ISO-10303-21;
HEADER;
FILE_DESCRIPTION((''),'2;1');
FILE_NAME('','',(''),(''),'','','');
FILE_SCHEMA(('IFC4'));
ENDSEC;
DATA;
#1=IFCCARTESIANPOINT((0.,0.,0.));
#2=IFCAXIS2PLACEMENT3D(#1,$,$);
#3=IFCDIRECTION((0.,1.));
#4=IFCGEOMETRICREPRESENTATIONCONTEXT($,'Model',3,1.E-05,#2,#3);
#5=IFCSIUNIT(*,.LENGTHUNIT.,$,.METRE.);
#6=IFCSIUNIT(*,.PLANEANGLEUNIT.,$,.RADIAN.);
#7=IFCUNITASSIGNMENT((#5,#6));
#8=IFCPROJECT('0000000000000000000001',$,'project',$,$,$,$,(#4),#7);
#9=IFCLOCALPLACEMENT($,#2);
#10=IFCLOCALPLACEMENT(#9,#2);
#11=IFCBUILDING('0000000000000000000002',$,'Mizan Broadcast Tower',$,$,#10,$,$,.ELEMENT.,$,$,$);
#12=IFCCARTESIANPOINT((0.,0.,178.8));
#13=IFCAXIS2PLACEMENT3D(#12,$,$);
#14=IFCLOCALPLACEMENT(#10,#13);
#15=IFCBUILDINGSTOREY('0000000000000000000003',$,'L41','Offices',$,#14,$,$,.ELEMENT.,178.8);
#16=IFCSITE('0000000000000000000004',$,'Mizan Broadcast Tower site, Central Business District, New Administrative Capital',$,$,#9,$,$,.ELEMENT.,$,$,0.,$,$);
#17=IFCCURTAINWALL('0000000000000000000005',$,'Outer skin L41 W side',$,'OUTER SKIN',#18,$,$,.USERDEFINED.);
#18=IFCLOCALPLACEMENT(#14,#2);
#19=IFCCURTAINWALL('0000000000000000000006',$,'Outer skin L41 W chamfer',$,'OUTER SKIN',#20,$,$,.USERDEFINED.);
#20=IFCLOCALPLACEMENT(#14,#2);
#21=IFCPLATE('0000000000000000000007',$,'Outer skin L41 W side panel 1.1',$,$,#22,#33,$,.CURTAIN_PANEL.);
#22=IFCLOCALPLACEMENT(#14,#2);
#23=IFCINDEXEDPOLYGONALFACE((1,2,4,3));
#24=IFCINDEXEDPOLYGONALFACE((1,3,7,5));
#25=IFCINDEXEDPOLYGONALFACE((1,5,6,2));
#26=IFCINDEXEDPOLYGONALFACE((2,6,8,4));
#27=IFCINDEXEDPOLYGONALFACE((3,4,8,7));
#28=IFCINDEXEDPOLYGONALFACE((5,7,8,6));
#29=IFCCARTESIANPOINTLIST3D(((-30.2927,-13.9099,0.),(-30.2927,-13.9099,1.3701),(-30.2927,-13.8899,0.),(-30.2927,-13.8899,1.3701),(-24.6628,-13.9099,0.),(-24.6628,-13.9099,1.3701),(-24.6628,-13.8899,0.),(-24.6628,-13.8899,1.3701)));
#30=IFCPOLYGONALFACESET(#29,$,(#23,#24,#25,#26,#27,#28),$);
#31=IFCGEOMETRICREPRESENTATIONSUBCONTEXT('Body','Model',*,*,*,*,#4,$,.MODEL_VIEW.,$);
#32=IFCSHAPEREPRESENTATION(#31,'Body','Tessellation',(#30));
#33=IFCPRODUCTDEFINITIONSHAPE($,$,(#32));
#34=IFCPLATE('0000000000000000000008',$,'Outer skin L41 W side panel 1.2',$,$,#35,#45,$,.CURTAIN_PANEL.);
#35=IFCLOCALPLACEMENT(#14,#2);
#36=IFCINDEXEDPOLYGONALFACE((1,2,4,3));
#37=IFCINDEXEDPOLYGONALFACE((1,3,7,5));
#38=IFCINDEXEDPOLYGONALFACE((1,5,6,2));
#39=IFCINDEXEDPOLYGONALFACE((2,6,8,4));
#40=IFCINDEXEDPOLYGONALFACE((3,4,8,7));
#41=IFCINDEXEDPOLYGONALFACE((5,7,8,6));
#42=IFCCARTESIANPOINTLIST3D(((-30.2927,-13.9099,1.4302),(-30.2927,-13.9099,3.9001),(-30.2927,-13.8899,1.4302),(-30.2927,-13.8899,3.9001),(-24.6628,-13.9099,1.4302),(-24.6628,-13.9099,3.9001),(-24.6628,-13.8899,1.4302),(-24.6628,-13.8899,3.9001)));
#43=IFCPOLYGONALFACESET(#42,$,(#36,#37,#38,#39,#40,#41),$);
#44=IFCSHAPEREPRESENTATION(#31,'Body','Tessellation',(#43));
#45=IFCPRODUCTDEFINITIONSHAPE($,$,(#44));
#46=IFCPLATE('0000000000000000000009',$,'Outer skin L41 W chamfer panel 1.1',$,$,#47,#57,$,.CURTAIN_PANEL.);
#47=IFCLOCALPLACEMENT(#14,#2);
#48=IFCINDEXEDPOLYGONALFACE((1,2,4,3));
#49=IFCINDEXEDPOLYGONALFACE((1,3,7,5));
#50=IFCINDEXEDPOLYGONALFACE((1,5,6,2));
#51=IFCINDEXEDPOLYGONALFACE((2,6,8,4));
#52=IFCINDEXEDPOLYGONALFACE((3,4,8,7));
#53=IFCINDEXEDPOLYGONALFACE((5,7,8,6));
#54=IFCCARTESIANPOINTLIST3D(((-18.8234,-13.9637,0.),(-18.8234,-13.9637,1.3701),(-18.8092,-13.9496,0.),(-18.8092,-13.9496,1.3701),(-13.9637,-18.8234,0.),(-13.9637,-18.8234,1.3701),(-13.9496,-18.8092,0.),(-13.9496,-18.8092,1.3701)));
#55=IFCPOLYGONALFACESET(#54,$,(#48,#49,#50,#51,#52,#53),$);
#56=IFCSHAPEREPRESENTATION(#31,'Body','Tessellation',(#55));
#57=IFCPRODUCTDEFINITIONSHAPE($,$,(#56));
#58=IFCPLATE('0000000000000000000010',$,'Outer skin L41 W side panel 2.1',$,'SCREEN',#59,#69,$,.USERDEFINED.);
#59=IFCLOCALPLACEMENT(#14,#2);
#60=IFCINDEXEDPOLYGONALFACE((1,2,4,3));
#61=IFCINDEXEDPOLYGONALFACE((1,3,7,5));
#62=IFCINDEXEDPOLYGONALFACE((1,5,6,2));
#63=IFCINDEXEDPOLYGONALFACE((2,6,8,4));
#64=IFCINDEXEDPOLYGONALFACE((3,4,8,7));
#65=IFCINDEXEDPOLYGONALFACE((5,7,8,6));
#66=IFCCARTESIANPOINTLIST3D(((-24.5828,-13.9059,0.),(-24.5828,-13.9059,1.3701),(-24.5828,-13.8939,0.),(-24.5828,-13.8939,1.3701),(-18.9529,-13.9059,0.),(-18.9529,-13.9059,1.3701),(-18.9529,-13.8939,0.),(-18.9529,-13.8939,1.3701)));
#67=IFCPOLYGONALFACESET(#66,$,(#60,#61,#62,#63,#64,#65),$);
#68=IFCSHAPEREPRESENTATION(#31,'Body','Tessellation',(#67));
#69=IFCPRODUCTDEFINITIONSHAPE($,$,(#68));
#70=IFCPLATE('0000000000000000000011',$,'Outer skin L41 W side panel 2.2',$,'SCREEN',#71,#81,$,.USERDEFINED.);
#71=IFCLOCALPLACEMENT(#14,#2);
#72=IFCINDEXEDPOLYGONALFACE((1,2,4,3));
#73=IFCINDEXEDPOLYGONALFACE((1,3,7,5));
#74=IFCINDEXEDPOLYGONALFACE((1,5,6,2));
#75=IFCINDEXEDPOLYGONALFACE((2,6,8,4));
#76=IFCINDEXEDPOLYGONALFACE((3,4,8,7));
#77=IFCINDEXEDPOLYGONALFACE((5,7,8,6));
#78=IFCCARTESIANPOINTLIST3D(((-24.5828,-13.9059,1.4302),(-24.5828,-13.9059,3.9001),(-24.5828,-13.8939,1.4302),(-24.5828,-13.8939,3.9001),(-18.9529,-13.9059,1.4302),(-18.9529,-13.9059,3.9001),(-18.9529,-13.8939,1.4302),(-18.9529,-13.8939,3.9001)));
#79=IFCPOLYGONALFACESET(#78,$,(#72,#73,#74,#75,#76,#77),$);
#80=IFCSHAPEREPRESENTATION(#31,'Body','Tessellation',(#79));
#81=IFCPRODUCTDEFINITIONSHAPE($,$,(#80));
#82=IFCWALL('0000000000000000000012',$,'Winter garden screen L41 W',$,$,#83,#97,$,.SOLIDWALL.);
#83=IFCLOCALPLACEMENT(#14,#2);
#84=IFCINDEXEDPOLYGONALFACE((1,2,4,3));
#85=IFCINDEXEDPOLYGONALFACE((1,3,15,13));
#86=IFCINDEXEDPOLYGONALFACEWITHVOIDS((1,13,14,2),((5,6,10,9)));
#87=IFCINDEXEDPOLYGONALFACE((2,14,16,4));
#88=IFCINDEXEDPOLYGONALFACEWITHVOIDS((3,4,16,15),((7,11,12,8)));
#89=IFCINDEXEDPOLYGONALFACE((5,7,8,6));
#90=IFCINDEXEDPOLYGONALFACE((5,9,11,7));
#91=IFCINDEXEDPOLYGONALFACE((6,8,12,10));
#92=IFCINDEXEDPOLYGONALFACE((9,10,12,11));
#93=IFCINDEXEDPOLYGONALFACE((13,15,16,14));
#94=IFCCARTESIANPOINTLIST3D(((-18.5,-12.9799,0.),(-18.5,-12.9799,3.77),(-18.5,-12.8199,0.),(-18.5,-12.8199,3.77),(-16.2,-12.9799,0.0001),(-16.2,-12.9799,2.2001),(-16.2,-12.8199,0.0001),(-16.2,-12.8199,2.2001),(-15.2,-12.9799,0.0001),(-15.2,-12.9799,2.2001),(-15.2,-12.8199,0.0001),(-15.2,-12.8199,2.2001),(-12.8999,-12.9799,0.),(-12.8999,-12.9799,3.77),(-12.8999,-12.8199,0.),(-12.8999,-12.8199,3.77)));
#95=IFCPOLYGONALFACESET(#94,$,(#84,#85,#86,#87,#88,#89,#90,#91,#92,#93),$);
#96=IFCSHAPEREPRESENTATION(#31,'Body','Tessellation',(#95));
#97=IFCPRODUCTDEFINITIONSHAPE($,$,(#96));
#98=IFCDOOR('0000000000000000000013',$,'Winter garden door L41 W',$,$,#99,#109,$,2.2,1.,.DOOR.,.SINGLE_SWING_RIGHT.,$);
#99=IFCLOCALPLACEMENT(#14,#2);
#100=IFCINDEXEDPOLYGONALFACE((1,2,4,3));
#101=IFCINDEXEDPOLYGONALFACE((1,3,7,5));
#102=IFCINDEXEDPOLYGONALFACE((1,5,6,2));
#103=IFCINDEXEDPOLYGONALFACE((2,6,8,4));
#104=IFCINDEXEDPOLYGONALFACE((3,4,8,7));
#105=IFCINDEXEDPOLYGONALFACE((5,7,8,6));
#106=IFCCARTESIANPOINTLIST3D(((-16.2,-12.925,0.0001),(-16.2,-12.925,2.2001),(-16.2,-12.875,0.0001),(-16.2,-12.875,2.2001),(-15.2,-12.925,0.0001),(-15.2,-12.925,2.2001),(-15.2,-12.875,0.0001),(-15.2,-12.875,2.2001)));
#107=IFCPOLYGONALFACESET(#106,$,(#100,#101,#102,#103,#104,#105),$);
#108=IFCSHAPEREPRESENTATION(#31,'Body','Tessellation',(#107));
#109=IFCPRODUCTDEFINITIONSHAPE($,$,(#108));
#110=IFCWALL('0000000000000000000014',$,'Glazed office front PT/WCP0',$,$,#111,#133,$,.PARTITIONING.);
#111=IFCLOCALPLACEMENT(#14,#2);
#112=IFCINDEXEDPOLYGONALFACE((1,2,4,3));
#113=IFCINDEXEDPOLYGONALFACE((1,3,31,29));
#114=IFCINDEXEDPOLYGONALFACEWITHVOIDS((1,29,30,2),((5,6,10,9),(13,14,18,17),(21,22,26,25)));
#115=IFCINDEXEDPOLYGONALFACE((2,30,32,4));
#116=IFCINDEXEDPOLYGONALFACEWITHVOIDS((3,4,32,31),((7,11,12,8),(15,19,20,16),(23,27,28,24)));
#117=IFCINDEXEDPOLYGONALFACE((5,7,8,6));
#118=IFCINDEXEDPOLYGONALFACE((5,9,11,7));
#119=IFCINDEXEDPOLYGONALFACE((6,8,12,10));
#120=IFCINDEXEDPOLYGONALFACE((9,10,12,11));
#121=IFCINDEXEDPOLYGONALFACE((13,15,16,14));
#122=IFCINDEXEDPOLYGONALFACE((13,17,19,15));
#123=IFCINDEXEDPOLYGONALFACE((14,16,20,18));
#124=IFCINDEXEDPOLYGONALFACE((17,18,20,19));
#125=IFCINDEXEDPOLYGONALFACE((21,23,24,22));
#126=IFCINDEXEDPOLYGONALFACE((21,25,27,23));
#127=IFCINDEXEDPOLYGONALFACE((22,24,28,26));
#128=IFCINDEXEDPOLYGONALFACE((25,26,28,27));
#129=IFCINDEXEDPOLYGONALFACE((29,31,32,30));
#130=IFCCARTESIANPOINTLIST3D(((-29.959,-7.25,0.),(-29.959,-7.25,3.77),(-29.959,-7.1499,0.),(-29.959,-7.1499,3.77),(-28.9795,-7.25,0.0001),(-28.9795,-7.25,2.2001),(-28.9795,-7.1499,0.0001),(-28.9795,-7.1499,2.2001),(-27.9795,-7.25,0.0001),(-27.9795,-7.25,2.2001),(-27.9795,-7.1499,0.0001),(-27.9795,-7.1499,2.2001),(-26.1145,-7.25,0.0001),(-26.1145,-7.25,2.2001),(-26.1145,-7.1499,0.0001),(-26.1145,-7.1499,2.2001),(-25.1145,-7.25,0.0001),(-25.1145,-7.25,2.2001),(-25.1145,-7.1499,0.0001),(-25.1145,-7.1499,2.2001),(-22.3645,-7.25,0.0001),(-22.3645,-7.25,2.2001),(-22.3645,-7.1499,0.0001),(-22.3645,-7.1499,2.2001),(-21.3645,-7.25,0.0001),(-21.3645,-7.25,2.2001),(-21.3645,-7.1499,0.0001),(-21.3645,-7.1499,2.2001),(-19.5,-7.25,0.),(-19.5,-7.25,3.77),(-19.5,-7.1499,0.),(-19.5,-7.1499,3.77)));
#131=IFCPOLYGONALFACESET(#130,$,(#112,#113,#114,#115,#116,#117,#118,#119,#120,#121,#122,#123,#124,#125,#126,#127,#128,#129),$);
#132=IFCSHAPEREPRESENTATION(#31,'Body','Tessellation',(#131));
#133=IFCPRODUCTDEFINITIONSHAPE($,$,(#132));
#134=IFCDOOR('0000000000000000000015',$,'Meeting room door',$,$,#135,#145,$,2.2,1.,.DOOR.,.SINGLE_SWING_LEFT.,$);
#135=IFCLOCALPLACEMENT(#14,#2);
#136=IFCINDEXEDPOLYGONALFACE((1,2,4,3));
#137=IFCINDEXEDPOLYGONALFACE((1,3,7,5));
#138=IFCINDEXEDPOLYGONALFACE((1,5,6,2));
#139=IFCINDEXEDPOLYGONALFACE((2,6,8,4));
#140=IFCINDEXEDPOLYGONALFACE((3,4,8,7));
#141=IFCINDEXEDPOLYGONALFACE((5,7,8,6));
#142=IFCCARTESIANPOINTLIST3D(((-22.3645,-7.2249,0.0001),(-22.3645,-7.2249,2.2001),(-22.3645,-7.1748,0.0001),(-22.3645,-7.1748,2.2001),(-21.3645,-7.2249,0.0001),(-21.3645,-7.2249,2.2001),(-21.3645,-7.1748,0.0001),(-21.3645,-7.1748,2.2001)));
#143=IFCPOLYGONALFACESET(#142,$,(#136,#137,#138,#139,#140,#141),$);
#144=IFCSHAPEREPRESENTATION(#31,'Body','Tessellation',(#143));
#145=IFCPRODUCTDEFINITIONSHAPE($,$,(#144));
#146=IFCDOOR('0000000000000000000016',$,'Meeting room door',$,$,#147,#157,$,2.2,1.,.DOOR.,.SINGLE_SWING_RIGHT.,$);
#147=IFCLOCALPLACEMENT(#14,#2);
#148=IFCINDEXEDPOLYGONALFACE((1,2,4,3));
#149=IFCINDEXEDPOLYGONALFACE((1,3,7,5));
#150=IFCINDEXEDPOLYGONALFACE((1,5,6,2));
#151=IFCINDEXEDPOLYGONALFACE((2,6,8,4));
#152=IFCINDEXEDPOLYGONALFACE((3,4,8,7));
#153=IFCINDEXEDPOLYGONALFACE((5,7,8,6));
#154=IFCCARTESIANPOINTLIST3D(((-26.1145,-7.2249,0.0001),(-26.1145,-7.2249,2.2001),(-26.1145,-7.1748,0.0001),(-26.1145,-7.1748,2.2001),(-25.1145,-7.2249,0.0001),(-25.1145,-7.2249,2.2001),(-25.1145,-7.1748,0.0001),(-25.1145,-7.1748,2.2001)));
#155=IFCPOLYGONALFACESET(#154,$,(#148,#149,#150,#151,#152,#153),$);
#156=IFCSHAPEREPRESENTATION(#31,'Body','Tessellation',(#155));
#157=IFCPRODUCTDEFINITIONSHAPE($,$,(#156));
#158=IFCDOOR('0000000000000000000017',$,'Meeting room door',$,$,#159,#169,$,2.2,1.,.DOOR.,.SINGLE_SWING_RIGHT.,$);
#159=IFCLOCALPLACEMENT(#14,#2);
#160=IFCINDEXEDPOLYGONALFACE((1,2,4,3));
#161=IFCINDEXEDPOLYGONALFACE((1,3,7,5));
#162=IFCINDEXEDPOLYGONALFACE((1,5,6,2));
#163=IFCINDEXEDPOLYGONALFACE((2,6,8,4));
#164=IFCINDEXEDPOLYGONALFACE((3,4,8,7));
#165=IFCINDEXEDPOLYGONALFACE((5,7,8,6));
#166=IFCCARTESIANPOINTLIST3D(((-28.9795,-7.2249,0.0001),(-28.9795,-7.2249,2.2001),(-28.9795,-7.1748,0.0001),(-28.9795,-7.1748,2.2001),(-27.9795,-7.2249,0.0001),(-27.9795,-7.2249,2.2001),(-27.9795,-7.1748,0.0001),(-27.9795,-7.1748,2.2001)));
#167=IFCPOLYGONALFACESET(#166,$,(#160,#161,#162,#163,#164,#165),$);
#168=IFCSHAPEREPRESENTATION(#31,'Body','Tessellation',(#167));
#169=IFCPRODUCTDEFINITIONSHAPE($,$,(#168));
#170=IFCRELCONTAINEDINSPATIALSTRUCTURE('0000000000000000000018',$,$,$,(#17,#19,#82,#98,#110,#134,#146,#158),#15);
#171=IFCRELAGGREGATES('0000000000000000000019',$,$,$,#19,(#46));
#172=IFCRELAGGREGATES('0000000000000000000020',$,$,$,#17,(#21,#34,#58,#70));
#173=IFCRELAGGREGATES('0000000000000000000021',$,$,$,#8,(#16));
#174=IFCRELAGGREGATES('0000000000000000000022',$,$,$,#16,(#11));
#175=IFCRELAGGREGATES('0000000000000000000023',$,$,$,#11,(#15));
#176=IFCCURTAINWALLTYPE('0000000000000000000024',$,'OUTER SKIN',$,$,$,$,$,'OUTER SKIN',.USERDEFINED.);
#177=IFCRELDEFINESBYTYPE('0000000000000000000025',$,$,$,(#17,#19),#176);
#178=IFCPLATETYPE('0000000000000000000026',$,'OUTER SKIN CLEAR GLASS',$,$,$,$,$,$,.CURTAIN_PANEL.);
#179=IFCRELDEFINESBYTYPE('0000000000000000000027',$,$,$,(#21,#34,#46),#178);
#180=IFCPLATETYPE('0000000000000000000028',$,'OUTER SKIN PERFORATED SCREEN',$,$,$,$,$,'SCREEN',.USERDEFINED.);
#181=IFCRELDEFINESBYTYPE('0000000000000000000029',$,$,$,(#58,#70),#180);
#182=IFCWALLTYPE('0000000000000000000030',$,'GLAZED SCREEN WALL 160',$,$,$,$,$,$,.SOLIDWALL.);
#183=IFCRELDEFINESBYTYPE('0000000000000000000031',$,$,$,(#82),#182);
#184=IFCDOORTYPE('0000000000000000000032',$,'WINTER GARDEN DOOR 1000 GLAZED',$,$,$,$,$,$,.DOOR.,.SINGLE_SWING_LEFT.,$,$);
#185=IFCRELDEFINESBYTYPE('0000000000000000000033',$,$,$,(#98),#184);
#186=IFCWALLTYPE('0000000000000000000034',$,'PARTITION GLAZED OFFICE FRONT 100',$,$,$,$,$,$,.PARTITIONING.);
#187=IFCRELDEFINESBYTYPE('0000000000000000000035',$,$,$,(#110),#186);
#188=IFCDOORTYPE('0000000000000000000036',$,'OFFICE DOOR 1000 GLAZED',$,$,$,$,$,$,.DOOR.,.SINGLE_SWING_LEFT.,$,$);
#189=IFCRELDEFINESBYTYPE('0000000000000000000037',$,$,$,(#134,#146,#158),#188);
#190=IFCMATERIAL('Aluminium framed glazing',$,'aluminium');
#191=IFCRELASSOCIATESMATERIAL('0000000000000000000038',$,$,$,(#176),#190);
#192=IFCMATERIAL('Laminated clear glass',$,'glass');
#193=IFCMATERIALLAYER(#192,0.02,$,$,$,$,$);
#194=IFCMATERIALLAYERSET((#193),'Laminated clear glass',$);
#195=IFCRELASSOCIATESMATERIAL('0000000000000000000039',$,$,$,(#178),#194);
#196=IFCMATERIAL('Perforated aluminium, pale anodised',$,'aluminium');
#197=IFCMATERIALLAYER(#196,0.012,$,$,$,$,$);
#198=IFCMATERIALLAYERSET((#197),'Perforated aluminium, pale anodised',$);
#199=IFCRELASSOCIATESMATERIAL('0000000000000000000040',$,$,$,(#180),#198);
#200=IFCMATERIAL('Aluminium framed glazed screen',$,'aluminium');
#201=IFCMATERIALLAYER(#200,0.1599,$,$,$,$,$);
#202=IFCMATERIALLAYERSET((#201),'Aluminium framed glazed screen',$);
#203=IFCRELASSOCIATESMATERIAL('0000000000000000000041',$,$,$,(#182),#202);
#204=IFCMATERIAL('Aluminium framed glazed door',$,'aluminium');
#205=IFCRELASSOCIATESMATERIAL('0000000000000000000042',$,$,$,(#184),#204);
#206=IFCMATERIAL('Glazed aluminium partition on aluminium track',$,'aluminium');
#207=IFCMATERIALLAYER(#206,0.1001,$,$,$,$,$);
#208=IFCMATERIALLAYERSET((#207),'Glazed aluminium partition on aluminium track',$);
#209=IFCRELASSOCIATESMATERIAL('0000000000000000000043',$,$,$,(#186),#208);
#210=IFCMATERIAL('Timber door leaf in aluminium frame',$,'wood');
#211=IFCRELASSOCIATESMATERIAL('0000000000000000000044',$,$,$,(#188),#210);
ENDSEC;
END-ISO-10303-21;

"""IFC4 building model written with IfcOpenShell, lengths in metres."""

from ifc_helpers import new_model, si_unit, direction, frame, frame_2d, origin, origin_2d, place, context, subcontext, project, spatial, rectangle, extrude, material, layer, layer_set, type_object, element, fill, aggregate, save


model = new_model("IFC4")

# Units and contexts
model_context = context("Model", 3, precision=1e-05, world=origin(), true_north=direction((0.0, 1.0)))
body_context = subcontext(model_context, "Body", "Model", "MODEL_VIEW")
ifc_project = project(units=[si_unit("LENGTHUNIT", "METRE"), si_unit("PLANEANGLEUNIT", "RADIAN")], contexts=[model_context])

# Site, building, storey
site_placement = place(None, origin())
site = spatial("IfcSite", under=ifc_project, at=site_placement, Name="Mizan Broadcast Tower site, Central Business District, New Administrative Capital", CompositionType="ELEMENT", RefElevation=0.0)
building_placement = place(site_placement, origin())
building = spatial("IfcBuilding", under=site, at=building_placement, Name="Mizan Broadcast Tower", CompositionType="ELEMENT")
storey_placement = place(building_placement, frame((0.0, 0.0, 178.8)))
storey = spatial("IfcBuildingStorey", under=building, at=storey_placement, Name="L41", Description="Offices", CompositionType="ELEMENT", Elevation=178.8)

# Curtain wall
ifc_material_1 = material(Name="Aluminium framed glazing", Category="aluminium")
curtain_wall_type_1 = type_object("IfcCurtainWallType", Name="OUTER SKIN", ElementType="OUTER SKIN", PredefinedType="USERDEFINED", material=ifc_material_1)
curtain_wall_1_placement = place(storey_placement, origin())
curtain_wall_1 = element("IfcCurtainWall", 1, at=curtain_wall_1_placement, inside=storey, type_object=curtain_wall_type_1, Name="Outer skin L41 W side", ObjectType="OUTER SKIN", PredefinedType="USERDEFINED")

# Curtain wall
curtain_wall_2_placement = place(storey_placement, origin())
curtain_wall_2 = element("IfcCurtainWall", 2, at=curtain_wall_2_placement, inside=storey, type_object=curtain_wall_type_1, Name="Outer skin L41 W chamfer", ObjectType="OUTER SKIN", PredefinedType="USERDEFINED")

# Plates
ifc_material_2 = material(Name="Laminated clear glass", Category="glass")
ifc_layer_1 = layer(ifc_material_2, 0.02)
ifc_layer_set_1 = layer_set([ifc_layer_1], Name="Laminated clear glass")
plate_type_1 = type_object("IfcPlateType", Name="OUTER SKIN CLEAR GLASS", PredefinedType="CURTAIN_PANEL", material=ifc_layer_set_1)
plate_1_placement = place(storey_placement, frame((-27.4778, -13.8999, 0.0), z_axis=(0.0, 0.0, 1.0), x_axis=(1.0, 0.0, 0.0)))
plate_1 = element("IfcPlate", 3, at=plate_1_placement, type_object=plate_type_1, Name="Outer skin L41 W side panel 1.1", PredefinedType="CURTAIN_PANEL", context=body_context, shape_type="SweptSolid", body=[
    extrude(rectangle(XDim=5.6299, YDim=0.02, at=origin_2d()), origin(), (0.0, 0.0, 1.0), 1.3701),
])
plate_2_placement = place(storey_placement, frame((-27.4778, -13.8999, 1.4302), z_axis=(0.0, 0.0, 1.0), x_axis=(1.0, 0.0, 0.0)))
plate_2 = element("IfcPlate", 4, at=plate_2_placement, type_object=plate_type_1, Name="Outer skin L41 W side panel 1.2", PredefinedType="CURTAIN_PANEL", context=body_context, shape_type="SweptSolid", body=[
    extrude(rectangle(XDim=5.6299, YDim=0.02, at=origin_2d()), origin(), (0.0, 0.0, 1.0), 2.47),
])
plate_3_placement = place(storey_placement, frame((-16.3865, -16.3865, 0.0), z_axis=(0.0, 0.0, 1.0), x_axis=(0.707107, -0.707107, 0.0)))
plate_3 = element("IfcPlate", 5, at=plate_3_placement, type_object=plate_type_1, Name="Outer skin L41 W chamfer panel 1.1", PredefinedType="CURTAIN_PANEL", context=body_context, shape_type="SweptSolid", body=[
    extrude(rectangle(XDim=6.8726, YDim=0.02, at=origin_2d()), origin(), (0.0, 0.0, 1.0), 1.3701),
])
aggregate(curtain_wall_2, [plate_3])
ifc_material_3 = material(Name="Perforated aluminium, pale anodised", Category="aluminium")
ifc_layer_2 = layer(ifc_material_3, 0.012)
ifc_layer_set_2 = layer_set([ifc_layer_2], Name="Perforated aluminium, pale anodised")
plate_type_2 = type_object("IfcPlateType", Name="OUTER SKIN PERFORATED SCREEN", ElementType="SCREEN", PredefinedType="USERDEFINED", material=ifc_layer_set_2)
plate_4_placement = place(storey_placement, frame((-21.7678, -13.8999, 0.0), z_axis=(0.0, 0.0, 1.0), x_axis=(1.0, 0.0, 0.0)))
plate_4 = element("IfcPlate", 6, at=plate_4_placement, type_object=plate_type_2, Name="Outer skin L41 W side panel 2.1", ObjectType="SCREEN", PredefinedType="USERDEFINED", context=body_context, shape_type="SweptSolid", body=[
    extrude(rectangle(XDim=5.6299, YDim=0.012, at=origin_2d()), origin(), (0.0, 0.0, 1.0), 1.3701),
])
plate_5_placement = place(storey_placement, frame((-21.7678, -13.8999, 1.4302), z_axis=(0.0, 0.0, 1.0), x_axis=(1.0, 0.0, 0.0)))
plate_5 = element("IfcPlate", 7, at=plate_5_placement, type_object=plate_type_2, Name="Outer skin L41 W side panel 2.2", ObjectType="SCREEN", PredefinedType="USERDEFINED", context=body_context, shape_type="SweptSolid", body=[
    extrude(rectangle(XDim=5.6299, YDim=0.012, at=origin_2d()), origin(), (0.0, 0.0, 1.0), 2.47),
])
aggregate(curtain_wall_1, [plate_1, plate_2, plate_4, plate_5])

# Wall, opening, door
ifc_material_4 = material(Name="Aluminium framed glazed screen", Category="aluminium")
ifc_layer_3 = layer(ifc_material_4, 0.1599)
ifc_layer_set_3 = layer_set([ifc_layer_3], Name="Aluminium framed glazed screen")
wall_type_1 = type_object("IfcWallType", Name="GLAZED SCREEN WALL 160", PredefinedType="SOLIDWALL", material=ifc_layer_set_3)
wall_1_placement = place(storey_placement, frame((-18.5, -12.8999, 0.0), z_axis=(0.0, 0.0, 1.0), x_axis=(1.0, 0.0, 0.0)))
wall_1 = element("IfcWall", 8, at=wall_1_placement, inside=storey, type_object=wall_type_1, Name="Winter garden screen L41 W", PredefinedType="SOLIDWALL", context=body_context, shape_type="SweptSolid", body=[
    extrude(rectangle(XDim=5.6001, YDim=0.1599, at=frame_2d((2.8, 0.0))), origin(), (0.0, 0.0, 1.0), 3.77),
])
opening_1_placement = place(wall_1_placement, frame((2.3, 0.0, 0.0)))
opening_1 = element("IfcOpeningElement", 9, at=opening_1_placement, cuts=wall_1, PredefinedType="OPENING", context=body_context, shape_type="SweptSolid", body=[
    extrude(rectangle(XDim=1.0, YDim=2.2, at=frame_2d((0.5, 1.1001))), frame((0.0, 0.0898, 0.0), z_axis=(0.0, -1.0, 0.0), x_axis=(1.0, 0.0, 0.0)), (0.0, 0.0, 1.0), 0.1799),
])
ifc_material_5 = material(Name="Aluminium framed glazed door", Category="aluminium")
door_type_1 = type_object("IfcDoorType", Name="WINTER GARDEN DOOR 1000 GLAZED", OperationType="SINGLE_SWING_LEFT", PredefinedType="DOOR", material=ifc_material_5)
door_1_placement = place(opening_1_placement, origin())
door_1 = element("IfcDoor", 10, at=door_1_placement, inside=storey, type_object=door_type_1, Name="Winter garden door L41 W", OperationType="SINGLE_SWING_RIGHT", OverallHeight=2.2, OverallWidth=1.0, PredefinedType="DOOR", context=body_context, shape_type="SweptSolid", body=[
    extrude(rectangle(XDim=1.0, YDim=2.2, at=frame_2d((0.5, 1.1001))), frame((0.0, 0.0249, 0.0), z_axis=(0.0, -1.0, 0.0), x_axis=(1.0, 0.0, 0.0)), (0.0, 0.0, 1.0), 0.05),
])
fill(opening_1, door_1)

# Wall, openings, doors
ifc_material_6 = material(Name="Glazed aluminium partition on aluminium track", Category="aluminium")
ifc_layer_4 = layer(ifc_material_6, 0.1001)
ifc_layer_set_4 = layer_set([ifc_layer_4], Name="Glazed aluminium partition on aluminium track")
wall_type_2 = type_object("IfcWallType", Name="PARTITION GLAZED OFFICE FRONT 100", PredefinedType="PARTITIONING", material=ifc_layer_set_4)
wall_2_placement = place(storey_placement, frame((-19.5, -7.2, 0.0), z_axis=(0.0, 0.0, 1.0), x_axis=(-1.0, 0.0, 0.0)))
wall_2 = element("IfcWall", 11, at=wall_2_placement, inside=storey, type_object=wall_type_2, Name="Glazed office front PT/WCP0", PredefinedType="PARTITIONING", context=body_context, shape_type="SweptSolid", body=[
    extrude(rectangle(XDim=10.459, YDim=0.1001, at=frame_2d((5.2295, 0.0))), origin(), (0.0, 0.0, 1.0), 3.77),
])
opening_2_placement = place(wall_2_placement, frame((1.8645, 0.0, 0.0)))
opening_2 = element("IfcOpeningElement", 12, at=opening_2_placement, cuts=wall_2, PredefinedType="OPENING", context=body_context, shape_type="SweptSolid", body=[
    extrude(rectangle(XDim=1.0, YDim=2.2, at=frame_2d((0.5, 1.1001))), frame((0.0, 0.0601, 0.0), z_axis=(0.0, -1.0, 0.0), x_axis=(1.0, 0.0, 0.0)), (0.0, 0.0, 1.0), 0.1201),
])
opening_3_placement = place(wall_2_placement, frame((5.6145, 0.0, 0.0)))
opening_3 = element("IfcOpeningElement", 13, at=opening_3_placement, cuts=wall_2, PredefinedType="OPENING", context=body_context, shape_type="SweptSolid", body=[
    extrude(rectangle(XDim=1.0, YDim=2.2, at=frame_2d((0.5, 1.1001))), frame((0.0, 0.0601, 0.0), z_axis=(0.0, -1.0, 0.0), x_axis=(1.0, 0.0, 0.0)), (0.0, 0.0, 1.0), 0.1201),
])
opening_4_placement = place(wall_2_placement, frame((8.4795, 0.0, 0.0)))
opening_4 = element("IfcOpeningElement", 14, at=opening_4_placement, cuts=wall_2, PredefinedType="OPENING", context=body_context, shape_type="SweptSolid", body=[
    extrude(rectangle(XDim=1.0, YDim=2.2, at=frame_2d((0.5, 1.1001))), frame((0.0, 0.0601, 0.0), z_axis=(0.0, -1.0, 0.0), x_axis=(1.0, 0.0, 0.0)), (0.0, 0.0, 1.0), 0.1201),
])
ifc_material_7 = material(Name="Timber door leaf in aluminium frame", Category="wood")
door_type_2 = type_object("IfcDoorType", Name="OFFICE DOOR 1000 GLAZED", OperationType="SINGLE_SWING_LEFT", PredefinedType="DOOR", material=ifc_material_7)
door_2_placement = place(opening_2_placement, origin())
door_2 = element("IfcDoor", 15, at=door_2_placement, inside=storey, type_object=door_type_2, Name="Meeting room door", OperationType="SINGLE_SWING_LEFT", OverallHeight=2.2, OverallWidth=1.0, PredefinedType="DOOR", context=body_context, shape_type="SweptSolid", body=[
    extrude(rectangle(XDim=1.0, YDim=2.2, at=frame_2d((0.5, 1.1001))), frame((0.0, 0.0249, 0.0), z_axis=(0.0, -1.0, 0.0), x_axis=(1.0, 0.0, 0.0)), (0.0, 0.0, 1.0), 0.05),
])
fill(opening_2, door_2)
door_3_placement = place(opening_3_placement, origin())
door_3 = element("IfcDoor", 16, at=door_3_placement, inside=storey, type_object=door_type_2, Name="Meeting room door", OperationType="SINGLE_SWING_RIGHT", OverallHeight=2.2, OverallWidth=1.0, PredefinedType="DOOR", context=body_context, shape_type="SweptSolid", body=[
    extrude(rectangle(XDim=1.0, YDim=2.2, at=frame_2d((0.5, 1.1001))), frame((0.0, 0.0249, 0.0), z_axis=(0.0, -1.0, 0.0), x_axis=(1.0, 0.0, 0.0)), (0.0, 0.0, 1.0), 0.05),
])
fill(opening_3, door_3)
door_4_placement = place(opening_4_placement, origin())
door_4 = element("IfcDoor", 17, at=door_4_placement, inside=storey, type_object=door_type_2, Name="Meeting room door", OperationType="SINGLE_SWING_RIGHT", OverallHeight=2.2, OverallWidth=1.0, PredefinedType="DOOR", context=body_context, shape_type="SweptSolid", body=[
    extrude(rectangle(XDim=1.0, YDim=2.2, at=frame_2d((0.5, 1.1001))), frame((0.0, 0.0249, 0.0), z_axis=(0.0, -1.0, 0.0), x_axis=(1.0, 0.0, 0.0)), (0.0, 0.0, 1.0), 0.05),
])
fill(opening_4, door_4)

save(model, "model.ifc")
